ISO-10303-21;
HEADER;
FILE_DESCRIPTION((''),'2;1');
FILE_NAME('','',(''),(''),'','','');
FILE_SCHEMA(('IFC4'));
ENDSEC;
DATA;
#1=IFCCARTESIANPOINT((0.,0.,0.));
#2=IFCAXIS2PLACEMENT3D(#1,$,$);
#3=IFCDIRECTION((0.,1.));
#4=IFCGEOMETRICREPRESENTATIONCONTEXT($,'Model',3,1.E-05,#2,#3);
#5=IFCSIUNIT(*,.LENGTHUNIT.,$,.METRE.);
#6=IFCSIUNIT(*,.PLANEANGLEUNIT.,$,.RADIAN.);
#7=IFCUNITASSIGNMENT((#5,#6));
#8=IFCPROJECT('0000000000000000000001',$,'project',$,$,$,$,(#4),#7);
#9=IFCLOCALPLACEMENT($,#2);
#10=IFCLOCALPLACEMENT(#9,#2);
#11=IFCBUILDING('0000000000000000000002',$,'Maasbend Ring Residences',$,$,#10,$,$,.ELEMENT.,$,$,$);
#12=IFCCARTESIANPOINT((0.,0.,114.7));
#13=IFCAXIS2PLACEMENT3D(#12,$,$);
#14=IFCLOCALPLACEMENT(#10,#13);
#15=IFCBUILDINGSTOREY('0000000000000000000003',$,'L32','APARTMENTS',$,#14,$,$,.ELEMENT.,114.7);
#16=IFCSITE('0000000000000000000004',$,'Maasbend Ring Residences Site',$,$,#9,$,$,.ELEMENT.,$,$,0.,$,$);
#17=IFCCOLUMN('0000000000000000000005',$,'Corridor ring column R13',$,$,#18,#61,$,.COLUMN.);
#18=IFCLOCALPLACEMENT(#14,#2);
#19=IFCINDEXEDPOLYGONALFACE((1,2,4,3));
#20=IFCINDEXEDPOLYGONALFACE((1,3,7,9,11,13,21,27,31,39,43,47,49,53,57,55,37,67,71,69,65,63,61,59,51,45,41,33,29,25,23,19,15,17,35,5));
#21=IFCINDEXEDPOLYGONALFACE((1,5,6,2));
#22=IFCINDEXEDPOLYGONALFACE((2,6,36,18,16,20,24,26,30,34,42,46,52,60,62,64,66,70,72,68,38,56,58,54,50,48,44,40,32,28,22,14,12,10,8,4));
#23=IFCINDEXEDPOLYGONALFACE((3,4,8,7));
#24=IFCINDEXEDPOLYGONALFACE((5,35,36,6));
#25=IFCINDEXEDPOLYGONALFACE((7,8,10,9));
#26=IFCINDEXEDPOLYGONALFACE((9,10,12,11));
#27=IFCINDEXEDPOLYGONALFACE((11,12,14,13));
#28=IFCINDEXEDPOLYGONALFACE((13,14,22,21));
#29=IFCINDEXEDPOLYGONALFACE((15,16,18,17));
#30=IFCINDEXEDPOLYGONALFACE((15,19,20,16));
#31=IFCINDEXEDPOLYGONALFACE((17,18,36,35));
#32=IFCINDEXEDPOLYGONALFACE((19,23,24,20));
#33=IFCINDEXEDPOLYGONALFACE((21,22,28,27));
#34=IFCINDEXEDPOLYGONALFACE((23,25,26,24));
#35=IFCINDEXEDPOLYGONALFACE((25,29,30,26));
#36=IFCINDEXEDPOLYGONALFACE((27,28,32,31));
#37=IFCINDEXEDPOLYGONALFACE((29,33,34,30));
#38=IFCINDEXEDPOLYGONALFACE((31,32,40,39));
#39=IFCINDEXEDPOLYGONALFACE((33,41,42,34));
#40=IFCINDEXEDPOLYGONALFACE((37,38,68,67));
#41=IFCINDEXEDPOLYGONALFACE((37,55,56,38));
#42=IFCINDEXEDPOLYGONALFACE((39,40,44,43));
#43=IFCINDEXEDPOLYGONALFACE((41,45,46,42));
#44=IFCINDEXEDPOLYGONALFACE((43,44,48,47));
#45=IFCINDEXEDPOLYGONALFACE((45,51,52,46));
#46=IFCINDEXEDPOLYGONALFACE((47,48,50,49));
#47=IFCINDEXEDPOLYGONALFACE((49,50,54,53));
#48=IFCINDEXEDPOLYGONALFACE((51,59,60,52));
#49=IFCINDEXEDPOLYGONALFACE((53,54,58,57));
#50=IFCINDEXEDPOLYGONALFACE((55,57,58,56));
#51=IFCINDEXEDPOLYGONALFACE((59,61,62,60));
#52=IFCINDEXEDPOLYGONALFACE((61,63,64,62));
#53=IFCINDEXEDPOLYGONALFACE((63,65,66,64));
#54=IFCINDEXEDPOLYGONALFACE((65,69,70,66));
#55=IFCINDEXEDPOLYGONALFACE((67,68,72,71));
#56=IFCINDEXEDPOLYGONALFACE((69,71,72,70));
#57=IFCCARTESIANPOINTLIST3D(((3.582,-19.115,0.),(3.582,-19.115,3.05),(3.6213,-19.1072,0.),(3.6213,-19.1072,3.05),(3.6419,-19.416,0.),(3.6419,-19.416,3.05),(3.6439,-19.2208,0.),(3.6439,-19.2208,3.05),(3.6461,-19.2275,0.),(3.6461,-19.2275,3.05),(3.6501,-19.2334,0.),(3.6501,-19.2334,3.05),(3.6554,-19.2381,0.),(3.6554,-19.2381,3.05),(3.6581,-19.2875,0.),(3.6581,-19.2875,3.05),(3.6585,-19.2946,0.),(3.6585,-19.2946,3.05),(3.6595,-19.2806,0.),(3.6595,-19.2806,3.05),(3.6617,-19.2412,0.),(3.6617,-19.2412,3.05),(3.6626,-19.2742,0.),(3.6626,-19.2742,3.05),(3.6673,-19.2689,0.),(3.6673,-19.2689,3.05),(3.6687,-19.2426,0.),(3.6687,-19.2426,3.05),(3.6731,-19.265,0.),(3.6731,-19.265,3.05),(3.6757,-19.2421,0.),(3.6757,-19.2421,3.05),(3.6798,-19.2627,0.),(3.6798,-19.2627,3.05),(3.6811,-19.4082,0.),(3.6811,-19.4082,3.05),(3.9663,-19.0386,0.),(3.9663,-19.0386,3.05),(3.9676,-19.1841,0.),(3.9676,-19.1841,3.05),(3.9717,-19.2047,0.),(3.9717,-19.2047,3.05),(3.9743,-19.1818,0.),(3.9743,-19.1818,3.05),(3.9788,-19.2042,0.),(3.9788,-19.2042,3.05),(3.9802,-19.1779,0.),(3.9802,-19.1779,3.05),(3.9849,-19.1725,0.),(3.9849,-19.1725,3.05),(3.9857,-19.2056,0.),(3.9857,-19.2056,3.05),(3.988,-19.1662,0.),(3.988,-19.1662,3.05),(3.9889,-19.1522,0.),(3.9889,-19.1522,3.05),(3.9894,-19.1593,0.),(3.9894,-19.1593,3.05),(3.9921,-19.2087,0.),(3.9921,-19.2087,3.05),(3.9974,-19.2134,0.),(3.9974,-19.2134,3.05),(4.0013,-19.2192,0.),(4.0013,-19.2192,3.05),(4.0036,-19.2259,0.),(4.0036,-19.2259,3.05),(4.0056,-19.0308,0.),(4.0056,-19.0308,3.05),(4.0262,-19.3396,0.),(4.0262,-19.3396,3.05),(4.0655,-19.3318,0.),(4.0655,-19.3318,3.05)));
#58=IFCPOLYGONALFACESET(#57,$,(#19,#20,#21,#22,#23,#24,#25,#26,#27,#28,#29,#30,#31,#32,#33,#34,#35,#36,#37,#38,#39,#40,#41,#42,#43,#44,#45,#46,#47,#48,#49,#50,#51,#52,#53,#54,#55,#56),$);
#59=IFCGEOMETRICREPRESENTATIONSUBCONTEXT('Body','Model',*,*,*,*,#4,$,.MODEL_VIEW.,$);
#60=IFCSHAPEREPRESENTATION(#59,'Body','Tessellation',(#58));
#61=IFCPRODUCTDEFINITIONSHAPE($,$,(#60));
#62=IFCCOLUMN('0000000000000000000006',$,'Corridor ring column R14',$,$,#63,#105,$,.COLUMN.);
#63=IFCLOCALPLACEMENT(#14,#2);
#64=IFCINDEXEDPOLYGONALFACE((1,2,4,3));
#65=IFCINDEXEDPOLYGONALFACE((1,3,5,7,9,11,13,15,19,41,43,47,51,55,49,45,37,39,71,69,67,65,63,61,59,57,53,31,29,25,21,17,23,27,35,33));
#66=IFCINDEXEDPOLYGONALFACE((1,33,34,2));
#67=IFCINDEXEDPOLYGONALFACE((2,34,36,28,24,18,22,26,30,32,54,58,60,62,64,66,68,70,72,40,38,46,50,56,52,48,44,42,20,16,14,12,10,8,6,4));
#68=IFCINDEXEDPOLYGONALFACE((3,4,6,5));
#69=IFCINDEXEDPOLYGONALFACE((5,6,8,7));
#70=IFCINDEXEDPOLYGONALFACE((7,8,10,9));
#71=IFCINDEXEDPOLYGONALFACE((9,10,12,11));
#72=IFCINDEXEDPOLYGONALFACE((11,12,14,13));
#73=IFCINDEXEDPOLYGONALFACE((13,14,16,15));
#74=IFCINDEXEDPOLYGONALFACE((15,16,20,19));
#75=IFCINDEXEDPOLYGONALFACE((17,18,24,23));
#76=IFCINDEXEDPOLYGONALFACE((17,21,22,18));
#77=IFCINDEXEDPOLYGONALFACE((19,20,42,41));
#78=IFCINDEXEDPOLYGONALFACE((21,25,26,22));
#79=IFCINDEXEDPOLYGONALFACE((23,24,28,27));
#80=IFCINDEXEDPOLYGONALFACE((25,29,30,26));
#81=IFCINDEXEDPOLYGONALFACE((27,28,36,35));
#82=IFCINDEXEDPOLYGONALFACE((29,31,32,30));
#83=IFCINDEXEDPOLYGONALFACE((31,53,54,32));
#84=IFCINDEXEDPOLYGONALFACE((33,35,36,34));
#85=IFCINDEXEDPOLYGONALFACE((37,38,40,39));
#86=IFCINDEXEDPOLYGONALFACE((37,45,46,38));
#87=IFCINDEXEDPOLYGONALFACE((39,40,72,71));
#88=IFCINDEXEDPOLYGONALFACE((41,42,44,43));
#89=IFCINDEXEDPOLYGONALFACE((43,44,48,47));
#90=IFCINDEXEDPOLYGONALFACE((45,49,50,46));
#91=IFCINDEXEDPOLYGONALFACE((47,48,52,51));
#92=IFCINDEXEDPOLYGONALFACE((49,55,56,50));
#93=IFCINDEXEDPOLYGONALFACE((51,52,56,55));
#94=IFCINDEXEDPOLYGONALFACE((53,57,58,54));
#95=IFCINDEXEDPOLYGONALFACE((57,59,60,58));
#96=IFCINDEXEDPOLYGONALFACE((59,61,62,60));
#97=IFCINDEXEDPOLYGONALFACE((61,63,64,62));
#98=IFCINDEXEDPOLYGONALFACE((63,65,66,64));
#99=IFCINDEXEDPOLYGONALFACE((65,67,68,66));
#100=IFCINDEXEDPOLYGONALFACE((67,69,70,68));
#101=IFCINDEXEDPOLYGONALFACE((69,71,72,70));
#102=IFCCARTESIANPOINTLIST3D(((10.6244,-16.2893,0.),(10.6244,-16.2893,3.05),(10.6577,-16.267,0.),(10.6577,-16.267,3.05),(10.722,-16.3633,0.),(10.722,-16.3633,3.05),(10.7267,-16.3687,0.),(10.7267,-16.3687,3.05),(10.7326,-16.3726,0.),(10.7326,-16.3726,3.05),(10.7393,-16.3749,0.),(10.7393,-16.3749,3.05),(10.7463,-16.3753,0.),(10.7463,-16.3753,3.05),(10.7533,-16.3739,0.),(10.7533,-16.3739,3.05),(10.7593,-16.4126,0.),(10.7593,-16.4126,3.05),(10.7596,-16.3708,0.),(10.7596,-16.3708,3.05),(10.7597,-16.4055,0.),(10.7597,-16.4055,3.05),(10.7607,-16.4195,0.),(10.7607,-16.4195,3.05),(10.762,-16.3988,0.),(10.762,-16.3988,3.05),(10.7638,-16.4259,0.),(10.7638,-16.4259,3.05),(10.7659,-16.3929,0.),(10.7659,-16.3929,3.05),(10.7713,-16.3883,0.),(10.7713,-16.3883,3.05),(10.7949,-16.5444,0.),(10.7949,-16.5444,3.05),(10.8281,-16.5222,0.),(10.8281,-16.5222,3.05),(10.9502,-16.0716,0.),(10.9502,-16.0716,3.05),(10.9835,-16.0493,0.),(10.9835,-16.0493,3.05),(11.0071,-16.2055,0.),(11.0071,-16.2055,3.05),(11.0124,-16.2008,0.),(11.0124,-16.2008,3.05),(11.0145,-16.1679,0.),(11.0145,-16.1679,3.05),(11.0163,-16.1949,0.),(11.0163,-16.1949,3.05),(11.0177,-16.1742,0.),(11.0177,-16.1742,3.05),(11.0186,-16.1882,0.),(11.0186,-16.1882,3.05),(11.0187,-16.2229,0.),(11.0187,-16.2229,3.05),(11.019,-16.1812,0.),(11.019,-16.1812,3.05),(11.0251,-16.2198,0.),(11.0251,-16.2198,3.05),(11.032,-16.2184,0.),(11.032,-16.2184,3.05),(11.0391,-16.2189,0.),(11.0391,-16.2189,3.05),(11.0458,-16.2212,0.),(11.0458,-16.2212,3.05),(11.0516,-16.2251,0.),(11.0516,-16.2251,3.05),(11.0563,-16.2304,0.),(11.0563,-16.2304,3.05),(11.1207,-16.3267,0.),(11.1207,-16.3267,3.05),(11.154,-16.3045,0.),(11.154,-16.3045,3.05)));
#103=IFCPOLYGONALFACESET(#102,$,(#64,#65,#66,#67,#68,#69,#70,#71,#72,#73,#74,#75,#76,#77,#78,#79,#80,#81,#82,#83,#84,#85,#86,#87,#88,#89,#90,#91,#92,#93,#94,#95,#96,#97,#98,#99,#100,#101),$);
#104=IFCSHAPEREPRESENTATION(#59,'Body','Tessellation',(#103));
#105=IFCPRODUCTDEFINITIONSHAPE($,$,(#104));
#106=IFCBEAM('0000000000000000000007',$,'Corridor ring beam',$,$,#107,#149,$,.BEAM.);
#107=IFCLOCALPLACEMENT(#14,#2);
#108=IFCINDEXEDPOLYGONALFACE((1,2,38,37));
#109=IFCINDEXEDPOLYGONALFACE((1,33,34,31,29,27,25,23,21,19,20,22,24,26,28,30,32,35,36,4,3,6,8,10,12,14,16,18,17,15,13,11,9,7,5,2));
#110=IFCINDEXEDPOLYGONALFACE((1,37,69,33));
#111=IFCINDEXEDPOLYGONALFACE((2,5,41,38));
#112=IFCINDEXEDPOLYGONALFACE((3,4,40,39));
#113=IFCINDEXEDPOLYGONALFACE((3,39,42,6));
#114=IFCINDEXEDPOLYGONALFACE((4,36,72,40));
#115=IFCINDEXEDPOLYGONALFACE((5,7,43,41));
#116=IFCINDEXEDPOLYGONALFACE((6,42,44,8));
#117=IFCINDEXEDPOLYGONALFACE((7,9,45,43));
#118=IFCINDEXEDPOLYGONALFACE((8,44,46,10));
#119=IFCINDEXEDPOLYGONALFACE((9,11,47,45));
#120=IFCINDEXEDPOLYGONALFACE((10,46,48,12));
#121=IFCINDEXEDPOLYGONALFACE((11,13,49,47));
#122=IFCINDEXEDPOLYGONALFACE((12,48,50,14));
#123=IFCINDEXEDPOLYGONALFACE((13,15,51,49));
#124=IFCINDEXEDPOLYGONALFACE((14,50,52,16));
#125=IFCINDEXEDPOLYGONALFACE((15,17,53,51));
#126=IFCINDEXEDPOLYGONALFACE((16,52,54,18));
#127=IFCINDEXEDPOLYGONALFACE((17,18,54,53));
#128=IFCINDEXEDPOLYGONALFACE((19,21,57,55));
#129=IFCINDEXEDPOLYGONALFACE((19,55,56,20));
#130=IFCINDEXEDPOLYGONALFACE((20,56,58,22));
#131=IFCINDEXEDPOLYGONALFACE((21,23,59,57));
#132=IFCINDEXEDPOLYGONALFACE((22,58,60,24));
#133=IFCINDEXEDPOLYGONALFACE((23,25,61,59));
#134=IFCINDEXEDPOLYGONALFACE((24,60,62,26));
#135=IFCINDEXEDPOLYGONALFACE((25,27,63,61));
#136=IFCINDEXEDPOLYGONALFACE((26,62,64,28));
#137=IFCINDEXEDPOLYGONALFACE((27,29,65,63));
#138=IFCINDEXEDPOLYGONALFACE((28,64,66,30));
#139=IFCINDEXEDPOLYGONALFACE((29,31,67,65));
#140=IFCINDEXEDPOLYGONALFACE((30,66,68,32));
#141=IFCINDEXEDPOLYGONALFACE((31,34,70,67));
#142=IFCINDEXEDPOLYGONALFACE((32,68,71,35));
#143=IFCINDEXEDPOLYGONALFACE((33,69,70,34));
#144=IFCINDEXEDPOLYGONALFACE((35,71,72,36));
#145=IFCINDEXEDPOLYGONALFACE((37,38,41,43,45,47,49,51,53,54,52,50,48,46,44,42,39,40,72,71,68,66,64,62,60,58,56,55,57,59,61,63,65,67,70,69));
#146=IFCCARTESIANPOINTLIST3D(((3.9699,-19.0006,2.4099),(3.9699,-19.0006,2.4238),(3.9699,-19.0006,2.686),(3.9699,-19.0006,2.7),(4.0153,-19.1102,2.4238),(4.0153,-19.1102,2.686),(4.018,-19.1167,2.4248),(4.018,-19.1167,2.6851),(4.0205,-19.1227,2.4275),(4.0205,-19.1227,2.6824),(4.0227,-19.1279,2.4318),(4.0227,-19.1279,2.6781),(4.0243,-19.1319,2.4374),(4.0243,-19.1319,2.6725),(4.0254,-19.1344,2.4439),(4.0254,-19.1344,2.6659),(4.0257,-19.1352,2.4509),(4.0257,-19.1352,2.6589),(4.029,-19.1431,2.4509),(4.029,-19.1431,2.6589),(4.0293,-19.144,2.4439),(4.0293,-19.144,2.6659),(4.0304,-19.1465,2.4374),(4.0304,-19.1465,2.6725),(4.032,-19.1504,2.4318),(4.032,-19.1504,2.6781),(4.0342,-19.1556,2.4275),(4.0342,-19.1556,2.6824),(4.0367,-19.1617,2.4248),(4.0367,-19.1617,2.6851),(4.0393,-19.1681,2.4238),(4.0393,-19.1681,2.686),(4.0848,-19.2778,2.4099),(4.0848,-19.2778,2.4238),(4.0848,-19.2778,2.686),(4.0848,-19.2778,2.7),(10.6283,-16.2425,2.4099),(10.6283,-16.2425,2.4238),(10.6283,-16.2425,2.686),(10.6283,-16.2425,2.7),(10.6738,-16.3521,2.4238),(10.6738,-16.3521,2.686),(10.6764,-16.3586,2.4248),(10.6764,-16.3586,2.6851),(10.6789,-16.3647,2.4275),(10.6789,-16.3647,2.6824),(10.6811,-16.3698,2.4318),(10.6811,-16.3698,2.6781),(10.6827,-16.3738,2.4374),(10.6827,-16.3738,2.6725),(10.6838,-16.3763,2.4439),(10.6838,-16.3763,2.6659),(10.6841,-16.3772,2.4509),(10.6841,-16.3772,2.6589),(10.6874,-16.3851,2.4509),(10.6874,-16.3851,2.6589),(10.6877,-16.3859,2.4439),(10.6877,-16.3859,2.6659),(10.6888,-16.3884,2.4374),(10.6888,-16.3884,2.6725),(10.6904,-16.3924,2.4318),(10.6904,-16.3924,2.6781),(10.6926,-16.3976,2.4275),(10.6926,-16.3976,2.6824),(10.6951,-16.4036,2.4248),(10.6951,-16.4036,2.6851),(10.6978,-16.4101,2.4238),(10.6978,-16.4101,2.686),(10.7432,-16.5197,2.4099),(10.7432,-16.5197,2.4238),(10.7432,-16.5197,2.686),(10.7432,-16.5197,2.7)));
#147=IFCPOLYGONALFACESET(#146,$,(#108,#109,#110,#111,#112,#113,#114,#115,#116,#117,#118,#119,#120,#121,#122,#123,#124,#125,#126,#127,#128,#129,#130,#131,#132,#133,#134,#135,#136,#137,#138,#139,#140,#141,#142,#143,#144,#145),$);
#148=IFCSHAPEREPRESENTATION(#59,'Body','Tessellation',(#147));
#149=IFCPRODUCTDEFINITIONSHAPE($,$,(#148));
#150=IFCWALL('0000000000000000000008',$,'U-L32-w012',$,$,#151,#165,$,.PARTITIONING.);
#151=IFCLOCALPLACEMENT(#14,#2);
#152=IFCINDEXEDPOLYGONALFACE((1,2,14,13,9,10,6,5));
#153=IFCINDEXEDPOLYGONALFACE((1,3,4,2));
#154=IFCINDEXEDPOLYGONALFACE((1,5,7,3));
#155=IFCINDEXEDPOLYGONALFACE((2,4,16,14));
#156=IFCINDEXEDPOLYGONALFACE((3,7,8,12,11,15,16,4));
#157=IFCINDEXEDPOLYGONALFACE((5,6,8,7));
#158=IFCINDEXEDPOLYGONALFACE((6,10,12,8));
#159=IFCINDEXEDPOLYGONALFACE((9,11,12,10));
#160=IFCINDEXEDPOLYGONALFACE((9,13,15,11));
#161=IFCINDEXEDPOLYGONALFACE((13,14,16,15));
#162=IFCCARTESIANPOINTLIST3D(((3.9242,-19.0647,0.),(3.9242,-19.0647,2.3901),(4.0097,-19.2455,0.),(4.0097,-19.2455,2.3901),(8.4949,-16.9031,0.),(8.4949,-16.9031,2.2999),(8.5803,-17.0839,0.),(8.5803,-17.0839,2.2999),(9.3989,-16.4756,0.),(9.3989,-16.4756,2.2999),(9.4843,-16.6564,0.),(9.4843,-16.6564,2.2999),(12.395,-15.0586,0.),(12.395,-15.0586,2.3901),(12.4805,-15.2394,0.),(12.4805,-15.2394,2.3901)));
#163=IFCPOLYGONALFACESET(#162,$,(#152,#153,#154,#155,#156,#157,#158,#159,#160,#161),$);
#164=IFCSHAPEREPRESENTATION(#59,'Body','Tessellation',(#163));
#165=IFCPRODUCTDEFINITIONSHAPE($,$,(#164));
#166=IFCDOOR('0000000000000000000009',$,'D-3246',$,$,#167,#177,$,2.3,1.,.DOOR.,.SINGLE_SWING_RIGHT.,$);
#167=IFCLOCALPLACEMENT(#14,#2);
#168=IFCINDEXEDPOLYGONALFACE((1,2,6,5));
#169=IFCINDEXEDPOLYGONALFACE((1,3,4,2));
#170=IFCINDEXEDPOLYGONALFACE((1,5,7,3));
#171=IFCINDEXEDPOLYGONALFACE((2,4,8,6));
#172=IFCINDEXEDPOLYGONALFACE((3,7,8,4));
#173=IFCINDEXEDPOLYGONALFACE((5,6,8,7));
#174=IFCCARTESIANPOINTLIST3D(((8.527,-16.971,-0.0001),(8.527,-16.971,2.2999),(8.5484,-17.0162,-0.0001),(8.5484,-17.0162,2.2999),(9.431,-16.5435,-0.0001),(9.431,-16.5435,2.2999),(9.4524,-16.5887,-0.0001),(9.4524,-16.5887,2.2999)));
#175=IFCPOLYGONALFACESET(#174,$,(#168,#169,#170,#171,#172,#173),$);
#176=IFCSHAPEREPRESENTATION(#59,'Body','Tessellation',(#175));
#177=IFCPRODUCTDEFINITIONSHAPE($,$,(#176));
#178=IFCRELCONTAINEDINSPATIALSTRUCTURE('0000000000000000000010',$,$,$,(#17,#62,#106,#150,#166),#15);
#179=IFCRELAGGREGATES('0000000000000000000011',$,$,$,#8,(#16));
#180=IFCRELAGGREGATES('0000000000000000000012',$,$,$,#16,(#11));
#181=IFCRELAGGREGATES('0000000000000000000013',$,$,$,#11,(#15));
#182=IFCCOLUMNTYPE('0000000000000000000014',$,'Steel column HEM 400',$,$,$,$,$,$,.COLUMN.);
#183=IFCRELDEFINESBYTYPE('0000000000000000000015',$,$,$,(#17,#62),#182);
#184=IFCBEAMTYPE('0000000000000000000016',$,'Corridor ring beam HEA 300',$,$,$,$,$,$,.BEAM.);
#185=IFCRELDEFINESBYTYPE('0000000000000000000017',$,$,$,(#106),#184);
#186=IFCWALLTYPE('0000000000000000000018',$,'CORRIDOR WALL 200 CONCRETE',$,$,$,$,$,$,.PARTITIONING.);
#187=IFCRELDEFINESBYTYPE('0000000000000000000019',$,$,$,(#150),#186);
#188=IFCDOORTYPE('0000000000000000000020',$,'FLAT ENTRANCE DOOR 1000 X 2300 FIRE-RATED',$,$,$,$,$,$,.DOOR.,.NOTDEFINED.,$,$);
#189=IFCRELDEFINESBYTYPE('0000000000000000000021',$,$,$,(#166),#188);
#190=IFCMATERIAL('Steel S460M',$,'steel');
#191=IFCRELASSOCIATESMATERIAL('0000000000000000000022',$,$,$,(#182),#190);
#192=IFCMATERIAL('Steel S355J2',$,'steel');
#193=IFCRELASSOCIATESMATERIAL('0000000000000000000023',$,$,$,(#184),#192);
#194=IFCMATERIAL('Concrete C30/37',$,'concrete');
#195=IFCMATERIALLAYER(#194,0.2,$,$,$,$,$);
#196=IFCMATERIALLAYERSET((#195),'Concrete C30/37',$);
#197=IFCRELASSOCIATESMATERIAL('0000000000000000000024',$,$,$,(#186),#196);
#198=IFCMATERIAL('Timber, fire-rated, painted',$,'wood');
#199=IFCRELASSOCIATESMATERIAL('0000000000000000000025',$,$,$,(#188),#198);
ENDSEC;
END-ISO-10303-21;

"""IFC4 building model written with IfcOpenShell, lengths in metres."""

from ifc_helpers import new_model, si_unit, direction, frame, frame_2d, origin, origin_2d, place, context, subcontext, project, spatial, rectangle, i_section, extrude, material, layer, layer_set, material_profile, profile_set, type_object, element, fill, save


model = new_model("IFC4")

# Units and contexts
model_context = context("Model", 3, precision=1e-05, world=origin(), true_north=direction((0.0, 1.0)))
body_context = subcontext(model_context, "Body", "Model", "MODEL_VIEW")
ifc_project = project(units=[si_unit("LENGTHUNIT", "METRE"), si_unit("PLANEANGLEUNIT", "RADIAN")], contexts=[model_context])

# Site, building, storey
site_placement = place(None, origin())
site = spatial("IfcSite", under=ifc_project, at=site_placement, Name="Maasbend Ring Residences Site", CompositionType="ELEMENT", RefElevation=0.0)
building_placement = place(site_placement, origin())
building = spatial("IfcBuilding", under=site, at=building_placement, Name="Maasbend Ring Residences", CompositionType="ELEMENT")
storey_placement = place(building_placement, frame((0.0, 0.0, 114.7)))
storey = spatial("IfcBuildingStorey", under=building, at=storey_placement, Name="L32", Description="APARTMENTS", CompositionType="ELEMENT", Elevation=114.7)

# Columns
ifc_material_1 = material(Name="Steel S460M", Category="steel")
ifc_material_profile_1 = material_profile(ifc_material_1, i_section(OverallWidth=0.3069, OverallDepth=0.4319, WebThickness=0.021, FlangeThickness=0.04, FilletRadius=0.0271, at=origin_2d()), Name="HEM 400")
ifc_profile_set_1 = profile_set([ifc_material_profile_1], Name="Steel S460M")
column_type = type_object("IfcColumnType", Name="Steel column HEM 400", PredefinedType="COLUMN", material=ifc_profile_set_1)
for number, where, z_axis, x_axis, name in (
    (1, (3.8237, -19.2234, 0.0), (0.0, 0.0, 1.0), (0.19509, -0.980785, 0.0), "Corridor ring column R13"),
    (2, (10.8892, -16.2969, 0.0), (0.0, 0.0, 1.0), (0.55557, -0.83147, 0.0), "Corridor ring column R14"),
):
    element("IfcColumn", number, at=place(storey_placement, frame(where, z_axis=z_axis, x_axis=x_axis)), inside=storey, type_object=column_type, Name=name, PredefinedType="COLUMN", context=body_context, shape_type="SweptSolid", body=[
        extrude(i_section(OverallWidth=0.3069, OverallDepth=0.4319, WebThickness=0.021, FlangeThickness=0.04, FilletRadius=0.0271, at=origin_2d()), origin(), (0.0, 0.0, 1.0), 3.05),
    ])

# Beam
ifc_material_2 = material(Name="Steel S355J2", Category="steel")
ifc_material_profile_2 = material_profile(ifc_material_2, i_section(OverallWidth=0.3, OverallDepth=0.29, WebThickness=0.0085, FlangeThickness=0.0139, FilletRadius=0.0271, at=origin_2d()), Name="HEA 300")
ifc_profile_set_2 = profile_set([ifc_material_profile_2], Name="Steel S355J2")
beam_type = type_object("IfcBeamType", Name="Corridor ring beam HEA 300", PredefinedType="BEAM", material=ifc_profile_set_2)
beam_placement = place(storey_placement, frame((4.0273, -19.1392, 2.5549), z_axis=(0.923878, 0.382688, 0.0), x_axis=(-0.382688, 0.923878, 0.0)))
element("IfcBeam", 3, at=beam_placement, inside=storey, type_object=beam_type, Name="Corridor ring beam", PredefinedType="BEAM", context=body_context, shape_type="SweptSolid", body=[
    extrude(i_section(OverallWidth=0.3, OverallDepth=0.29, WebThickness=0.0085, FlangeThickness=0.0139, FilletRadius=0.0271, at=origin_2d()), origin(), (0.0, 0.0, 1.0), 7.207),
])

# Wall, opening, door
ifc_material_3 = material(Name="Concrete C30/37", Category="concrete")
ifc_layer_1 = layer(ifc_material_3, 0.2)
ifc_layer_set_1 = layer_set([ifc_layer_1], Name="Concrete C30/37")
wall_type_1 = type_object("IfcWallType", Name="CORRIDOR WALL 200 CONCRETE", PredefinedType="PARTITIONING", material=ifc_layer_set_1)
wall_1_placement = place(storey_placement, frame((3.967, -19.155, 0.0), z_axis=(0.0, 0.0, 1.0), x_axis=(0.904004, 0.427524, 0.0)))
wall_1 = element("IfcWall", 4, at=wall_1_placement, inside=storey, type_object=wall_type_1, Name="U-L32-w012", PredefinedType="PARTITIONING", context=body_context, shape_type="SweptSolid", body=[
    extrude(rectangle(XDim=9.3704, YDim=0.2, at=frame_2d((4.6851, 0.0))), origin(), (0.0, 0.0, 1.0), 2.3901),
])
opening_1_placement = place(wall_1_placement, frame((5.0559, 0.0, 0.0)))
opening_1 = element("IfcOpeningElement", 5, at=opening_1_placement, cuts=wall_1, PredefinedType="OPENING", context=body_context, shape_type="SweptSolid", body=[
    extrude(rectangle(XDim=1.0, YDim=2.3, at=frame_2d((0.5, 1.1499))), frame((0.0, 0.1099, 0.0), z_axis=(0.0, -1.0, 0.0), x_axis=(1.0, 0.0, 0.0)), (0.0, 0.0, 1.0), 0.22),
])
ifc_material_4 = material(Name="Timber, fire-rated, painted", Category="wood")
door_type_1 = type_object("IfcDoorType", Name="FLAT ENTRANCE DOOR 1000 X 2300 FIRE-RATED", OperationType="NOTDEFINED", PredefinedType="DOOR", material=ifc_material_4)
door_1_placement = place(opening_1_placement, origin())
door_1 = element("IfcDoor", 6, at=door_1_placement, inside=storey, type_object=door_type_1, Name="D-3246", OperationType="SINGLE_SWING_RIGHT", OverallHeight=2.3, OverallWidth=1.0, PredefinedType="DOOR", context=body_context, shape_type="SweptSolid", body=[
    extrude(rectangle(XDim=1.0, YDim=2.3, at=frame_2d((0.5, 1.1499))), frame((0.0, 0.0249, 0.0), z_axis=(0.0, -1.0, 0.0), x_axis=(1.0, 0.0, 0.0)), (0.0, 0.0, 1.0), 0.05),
])
fill(opening_1, door_1)

save(model, "model.ifc")
